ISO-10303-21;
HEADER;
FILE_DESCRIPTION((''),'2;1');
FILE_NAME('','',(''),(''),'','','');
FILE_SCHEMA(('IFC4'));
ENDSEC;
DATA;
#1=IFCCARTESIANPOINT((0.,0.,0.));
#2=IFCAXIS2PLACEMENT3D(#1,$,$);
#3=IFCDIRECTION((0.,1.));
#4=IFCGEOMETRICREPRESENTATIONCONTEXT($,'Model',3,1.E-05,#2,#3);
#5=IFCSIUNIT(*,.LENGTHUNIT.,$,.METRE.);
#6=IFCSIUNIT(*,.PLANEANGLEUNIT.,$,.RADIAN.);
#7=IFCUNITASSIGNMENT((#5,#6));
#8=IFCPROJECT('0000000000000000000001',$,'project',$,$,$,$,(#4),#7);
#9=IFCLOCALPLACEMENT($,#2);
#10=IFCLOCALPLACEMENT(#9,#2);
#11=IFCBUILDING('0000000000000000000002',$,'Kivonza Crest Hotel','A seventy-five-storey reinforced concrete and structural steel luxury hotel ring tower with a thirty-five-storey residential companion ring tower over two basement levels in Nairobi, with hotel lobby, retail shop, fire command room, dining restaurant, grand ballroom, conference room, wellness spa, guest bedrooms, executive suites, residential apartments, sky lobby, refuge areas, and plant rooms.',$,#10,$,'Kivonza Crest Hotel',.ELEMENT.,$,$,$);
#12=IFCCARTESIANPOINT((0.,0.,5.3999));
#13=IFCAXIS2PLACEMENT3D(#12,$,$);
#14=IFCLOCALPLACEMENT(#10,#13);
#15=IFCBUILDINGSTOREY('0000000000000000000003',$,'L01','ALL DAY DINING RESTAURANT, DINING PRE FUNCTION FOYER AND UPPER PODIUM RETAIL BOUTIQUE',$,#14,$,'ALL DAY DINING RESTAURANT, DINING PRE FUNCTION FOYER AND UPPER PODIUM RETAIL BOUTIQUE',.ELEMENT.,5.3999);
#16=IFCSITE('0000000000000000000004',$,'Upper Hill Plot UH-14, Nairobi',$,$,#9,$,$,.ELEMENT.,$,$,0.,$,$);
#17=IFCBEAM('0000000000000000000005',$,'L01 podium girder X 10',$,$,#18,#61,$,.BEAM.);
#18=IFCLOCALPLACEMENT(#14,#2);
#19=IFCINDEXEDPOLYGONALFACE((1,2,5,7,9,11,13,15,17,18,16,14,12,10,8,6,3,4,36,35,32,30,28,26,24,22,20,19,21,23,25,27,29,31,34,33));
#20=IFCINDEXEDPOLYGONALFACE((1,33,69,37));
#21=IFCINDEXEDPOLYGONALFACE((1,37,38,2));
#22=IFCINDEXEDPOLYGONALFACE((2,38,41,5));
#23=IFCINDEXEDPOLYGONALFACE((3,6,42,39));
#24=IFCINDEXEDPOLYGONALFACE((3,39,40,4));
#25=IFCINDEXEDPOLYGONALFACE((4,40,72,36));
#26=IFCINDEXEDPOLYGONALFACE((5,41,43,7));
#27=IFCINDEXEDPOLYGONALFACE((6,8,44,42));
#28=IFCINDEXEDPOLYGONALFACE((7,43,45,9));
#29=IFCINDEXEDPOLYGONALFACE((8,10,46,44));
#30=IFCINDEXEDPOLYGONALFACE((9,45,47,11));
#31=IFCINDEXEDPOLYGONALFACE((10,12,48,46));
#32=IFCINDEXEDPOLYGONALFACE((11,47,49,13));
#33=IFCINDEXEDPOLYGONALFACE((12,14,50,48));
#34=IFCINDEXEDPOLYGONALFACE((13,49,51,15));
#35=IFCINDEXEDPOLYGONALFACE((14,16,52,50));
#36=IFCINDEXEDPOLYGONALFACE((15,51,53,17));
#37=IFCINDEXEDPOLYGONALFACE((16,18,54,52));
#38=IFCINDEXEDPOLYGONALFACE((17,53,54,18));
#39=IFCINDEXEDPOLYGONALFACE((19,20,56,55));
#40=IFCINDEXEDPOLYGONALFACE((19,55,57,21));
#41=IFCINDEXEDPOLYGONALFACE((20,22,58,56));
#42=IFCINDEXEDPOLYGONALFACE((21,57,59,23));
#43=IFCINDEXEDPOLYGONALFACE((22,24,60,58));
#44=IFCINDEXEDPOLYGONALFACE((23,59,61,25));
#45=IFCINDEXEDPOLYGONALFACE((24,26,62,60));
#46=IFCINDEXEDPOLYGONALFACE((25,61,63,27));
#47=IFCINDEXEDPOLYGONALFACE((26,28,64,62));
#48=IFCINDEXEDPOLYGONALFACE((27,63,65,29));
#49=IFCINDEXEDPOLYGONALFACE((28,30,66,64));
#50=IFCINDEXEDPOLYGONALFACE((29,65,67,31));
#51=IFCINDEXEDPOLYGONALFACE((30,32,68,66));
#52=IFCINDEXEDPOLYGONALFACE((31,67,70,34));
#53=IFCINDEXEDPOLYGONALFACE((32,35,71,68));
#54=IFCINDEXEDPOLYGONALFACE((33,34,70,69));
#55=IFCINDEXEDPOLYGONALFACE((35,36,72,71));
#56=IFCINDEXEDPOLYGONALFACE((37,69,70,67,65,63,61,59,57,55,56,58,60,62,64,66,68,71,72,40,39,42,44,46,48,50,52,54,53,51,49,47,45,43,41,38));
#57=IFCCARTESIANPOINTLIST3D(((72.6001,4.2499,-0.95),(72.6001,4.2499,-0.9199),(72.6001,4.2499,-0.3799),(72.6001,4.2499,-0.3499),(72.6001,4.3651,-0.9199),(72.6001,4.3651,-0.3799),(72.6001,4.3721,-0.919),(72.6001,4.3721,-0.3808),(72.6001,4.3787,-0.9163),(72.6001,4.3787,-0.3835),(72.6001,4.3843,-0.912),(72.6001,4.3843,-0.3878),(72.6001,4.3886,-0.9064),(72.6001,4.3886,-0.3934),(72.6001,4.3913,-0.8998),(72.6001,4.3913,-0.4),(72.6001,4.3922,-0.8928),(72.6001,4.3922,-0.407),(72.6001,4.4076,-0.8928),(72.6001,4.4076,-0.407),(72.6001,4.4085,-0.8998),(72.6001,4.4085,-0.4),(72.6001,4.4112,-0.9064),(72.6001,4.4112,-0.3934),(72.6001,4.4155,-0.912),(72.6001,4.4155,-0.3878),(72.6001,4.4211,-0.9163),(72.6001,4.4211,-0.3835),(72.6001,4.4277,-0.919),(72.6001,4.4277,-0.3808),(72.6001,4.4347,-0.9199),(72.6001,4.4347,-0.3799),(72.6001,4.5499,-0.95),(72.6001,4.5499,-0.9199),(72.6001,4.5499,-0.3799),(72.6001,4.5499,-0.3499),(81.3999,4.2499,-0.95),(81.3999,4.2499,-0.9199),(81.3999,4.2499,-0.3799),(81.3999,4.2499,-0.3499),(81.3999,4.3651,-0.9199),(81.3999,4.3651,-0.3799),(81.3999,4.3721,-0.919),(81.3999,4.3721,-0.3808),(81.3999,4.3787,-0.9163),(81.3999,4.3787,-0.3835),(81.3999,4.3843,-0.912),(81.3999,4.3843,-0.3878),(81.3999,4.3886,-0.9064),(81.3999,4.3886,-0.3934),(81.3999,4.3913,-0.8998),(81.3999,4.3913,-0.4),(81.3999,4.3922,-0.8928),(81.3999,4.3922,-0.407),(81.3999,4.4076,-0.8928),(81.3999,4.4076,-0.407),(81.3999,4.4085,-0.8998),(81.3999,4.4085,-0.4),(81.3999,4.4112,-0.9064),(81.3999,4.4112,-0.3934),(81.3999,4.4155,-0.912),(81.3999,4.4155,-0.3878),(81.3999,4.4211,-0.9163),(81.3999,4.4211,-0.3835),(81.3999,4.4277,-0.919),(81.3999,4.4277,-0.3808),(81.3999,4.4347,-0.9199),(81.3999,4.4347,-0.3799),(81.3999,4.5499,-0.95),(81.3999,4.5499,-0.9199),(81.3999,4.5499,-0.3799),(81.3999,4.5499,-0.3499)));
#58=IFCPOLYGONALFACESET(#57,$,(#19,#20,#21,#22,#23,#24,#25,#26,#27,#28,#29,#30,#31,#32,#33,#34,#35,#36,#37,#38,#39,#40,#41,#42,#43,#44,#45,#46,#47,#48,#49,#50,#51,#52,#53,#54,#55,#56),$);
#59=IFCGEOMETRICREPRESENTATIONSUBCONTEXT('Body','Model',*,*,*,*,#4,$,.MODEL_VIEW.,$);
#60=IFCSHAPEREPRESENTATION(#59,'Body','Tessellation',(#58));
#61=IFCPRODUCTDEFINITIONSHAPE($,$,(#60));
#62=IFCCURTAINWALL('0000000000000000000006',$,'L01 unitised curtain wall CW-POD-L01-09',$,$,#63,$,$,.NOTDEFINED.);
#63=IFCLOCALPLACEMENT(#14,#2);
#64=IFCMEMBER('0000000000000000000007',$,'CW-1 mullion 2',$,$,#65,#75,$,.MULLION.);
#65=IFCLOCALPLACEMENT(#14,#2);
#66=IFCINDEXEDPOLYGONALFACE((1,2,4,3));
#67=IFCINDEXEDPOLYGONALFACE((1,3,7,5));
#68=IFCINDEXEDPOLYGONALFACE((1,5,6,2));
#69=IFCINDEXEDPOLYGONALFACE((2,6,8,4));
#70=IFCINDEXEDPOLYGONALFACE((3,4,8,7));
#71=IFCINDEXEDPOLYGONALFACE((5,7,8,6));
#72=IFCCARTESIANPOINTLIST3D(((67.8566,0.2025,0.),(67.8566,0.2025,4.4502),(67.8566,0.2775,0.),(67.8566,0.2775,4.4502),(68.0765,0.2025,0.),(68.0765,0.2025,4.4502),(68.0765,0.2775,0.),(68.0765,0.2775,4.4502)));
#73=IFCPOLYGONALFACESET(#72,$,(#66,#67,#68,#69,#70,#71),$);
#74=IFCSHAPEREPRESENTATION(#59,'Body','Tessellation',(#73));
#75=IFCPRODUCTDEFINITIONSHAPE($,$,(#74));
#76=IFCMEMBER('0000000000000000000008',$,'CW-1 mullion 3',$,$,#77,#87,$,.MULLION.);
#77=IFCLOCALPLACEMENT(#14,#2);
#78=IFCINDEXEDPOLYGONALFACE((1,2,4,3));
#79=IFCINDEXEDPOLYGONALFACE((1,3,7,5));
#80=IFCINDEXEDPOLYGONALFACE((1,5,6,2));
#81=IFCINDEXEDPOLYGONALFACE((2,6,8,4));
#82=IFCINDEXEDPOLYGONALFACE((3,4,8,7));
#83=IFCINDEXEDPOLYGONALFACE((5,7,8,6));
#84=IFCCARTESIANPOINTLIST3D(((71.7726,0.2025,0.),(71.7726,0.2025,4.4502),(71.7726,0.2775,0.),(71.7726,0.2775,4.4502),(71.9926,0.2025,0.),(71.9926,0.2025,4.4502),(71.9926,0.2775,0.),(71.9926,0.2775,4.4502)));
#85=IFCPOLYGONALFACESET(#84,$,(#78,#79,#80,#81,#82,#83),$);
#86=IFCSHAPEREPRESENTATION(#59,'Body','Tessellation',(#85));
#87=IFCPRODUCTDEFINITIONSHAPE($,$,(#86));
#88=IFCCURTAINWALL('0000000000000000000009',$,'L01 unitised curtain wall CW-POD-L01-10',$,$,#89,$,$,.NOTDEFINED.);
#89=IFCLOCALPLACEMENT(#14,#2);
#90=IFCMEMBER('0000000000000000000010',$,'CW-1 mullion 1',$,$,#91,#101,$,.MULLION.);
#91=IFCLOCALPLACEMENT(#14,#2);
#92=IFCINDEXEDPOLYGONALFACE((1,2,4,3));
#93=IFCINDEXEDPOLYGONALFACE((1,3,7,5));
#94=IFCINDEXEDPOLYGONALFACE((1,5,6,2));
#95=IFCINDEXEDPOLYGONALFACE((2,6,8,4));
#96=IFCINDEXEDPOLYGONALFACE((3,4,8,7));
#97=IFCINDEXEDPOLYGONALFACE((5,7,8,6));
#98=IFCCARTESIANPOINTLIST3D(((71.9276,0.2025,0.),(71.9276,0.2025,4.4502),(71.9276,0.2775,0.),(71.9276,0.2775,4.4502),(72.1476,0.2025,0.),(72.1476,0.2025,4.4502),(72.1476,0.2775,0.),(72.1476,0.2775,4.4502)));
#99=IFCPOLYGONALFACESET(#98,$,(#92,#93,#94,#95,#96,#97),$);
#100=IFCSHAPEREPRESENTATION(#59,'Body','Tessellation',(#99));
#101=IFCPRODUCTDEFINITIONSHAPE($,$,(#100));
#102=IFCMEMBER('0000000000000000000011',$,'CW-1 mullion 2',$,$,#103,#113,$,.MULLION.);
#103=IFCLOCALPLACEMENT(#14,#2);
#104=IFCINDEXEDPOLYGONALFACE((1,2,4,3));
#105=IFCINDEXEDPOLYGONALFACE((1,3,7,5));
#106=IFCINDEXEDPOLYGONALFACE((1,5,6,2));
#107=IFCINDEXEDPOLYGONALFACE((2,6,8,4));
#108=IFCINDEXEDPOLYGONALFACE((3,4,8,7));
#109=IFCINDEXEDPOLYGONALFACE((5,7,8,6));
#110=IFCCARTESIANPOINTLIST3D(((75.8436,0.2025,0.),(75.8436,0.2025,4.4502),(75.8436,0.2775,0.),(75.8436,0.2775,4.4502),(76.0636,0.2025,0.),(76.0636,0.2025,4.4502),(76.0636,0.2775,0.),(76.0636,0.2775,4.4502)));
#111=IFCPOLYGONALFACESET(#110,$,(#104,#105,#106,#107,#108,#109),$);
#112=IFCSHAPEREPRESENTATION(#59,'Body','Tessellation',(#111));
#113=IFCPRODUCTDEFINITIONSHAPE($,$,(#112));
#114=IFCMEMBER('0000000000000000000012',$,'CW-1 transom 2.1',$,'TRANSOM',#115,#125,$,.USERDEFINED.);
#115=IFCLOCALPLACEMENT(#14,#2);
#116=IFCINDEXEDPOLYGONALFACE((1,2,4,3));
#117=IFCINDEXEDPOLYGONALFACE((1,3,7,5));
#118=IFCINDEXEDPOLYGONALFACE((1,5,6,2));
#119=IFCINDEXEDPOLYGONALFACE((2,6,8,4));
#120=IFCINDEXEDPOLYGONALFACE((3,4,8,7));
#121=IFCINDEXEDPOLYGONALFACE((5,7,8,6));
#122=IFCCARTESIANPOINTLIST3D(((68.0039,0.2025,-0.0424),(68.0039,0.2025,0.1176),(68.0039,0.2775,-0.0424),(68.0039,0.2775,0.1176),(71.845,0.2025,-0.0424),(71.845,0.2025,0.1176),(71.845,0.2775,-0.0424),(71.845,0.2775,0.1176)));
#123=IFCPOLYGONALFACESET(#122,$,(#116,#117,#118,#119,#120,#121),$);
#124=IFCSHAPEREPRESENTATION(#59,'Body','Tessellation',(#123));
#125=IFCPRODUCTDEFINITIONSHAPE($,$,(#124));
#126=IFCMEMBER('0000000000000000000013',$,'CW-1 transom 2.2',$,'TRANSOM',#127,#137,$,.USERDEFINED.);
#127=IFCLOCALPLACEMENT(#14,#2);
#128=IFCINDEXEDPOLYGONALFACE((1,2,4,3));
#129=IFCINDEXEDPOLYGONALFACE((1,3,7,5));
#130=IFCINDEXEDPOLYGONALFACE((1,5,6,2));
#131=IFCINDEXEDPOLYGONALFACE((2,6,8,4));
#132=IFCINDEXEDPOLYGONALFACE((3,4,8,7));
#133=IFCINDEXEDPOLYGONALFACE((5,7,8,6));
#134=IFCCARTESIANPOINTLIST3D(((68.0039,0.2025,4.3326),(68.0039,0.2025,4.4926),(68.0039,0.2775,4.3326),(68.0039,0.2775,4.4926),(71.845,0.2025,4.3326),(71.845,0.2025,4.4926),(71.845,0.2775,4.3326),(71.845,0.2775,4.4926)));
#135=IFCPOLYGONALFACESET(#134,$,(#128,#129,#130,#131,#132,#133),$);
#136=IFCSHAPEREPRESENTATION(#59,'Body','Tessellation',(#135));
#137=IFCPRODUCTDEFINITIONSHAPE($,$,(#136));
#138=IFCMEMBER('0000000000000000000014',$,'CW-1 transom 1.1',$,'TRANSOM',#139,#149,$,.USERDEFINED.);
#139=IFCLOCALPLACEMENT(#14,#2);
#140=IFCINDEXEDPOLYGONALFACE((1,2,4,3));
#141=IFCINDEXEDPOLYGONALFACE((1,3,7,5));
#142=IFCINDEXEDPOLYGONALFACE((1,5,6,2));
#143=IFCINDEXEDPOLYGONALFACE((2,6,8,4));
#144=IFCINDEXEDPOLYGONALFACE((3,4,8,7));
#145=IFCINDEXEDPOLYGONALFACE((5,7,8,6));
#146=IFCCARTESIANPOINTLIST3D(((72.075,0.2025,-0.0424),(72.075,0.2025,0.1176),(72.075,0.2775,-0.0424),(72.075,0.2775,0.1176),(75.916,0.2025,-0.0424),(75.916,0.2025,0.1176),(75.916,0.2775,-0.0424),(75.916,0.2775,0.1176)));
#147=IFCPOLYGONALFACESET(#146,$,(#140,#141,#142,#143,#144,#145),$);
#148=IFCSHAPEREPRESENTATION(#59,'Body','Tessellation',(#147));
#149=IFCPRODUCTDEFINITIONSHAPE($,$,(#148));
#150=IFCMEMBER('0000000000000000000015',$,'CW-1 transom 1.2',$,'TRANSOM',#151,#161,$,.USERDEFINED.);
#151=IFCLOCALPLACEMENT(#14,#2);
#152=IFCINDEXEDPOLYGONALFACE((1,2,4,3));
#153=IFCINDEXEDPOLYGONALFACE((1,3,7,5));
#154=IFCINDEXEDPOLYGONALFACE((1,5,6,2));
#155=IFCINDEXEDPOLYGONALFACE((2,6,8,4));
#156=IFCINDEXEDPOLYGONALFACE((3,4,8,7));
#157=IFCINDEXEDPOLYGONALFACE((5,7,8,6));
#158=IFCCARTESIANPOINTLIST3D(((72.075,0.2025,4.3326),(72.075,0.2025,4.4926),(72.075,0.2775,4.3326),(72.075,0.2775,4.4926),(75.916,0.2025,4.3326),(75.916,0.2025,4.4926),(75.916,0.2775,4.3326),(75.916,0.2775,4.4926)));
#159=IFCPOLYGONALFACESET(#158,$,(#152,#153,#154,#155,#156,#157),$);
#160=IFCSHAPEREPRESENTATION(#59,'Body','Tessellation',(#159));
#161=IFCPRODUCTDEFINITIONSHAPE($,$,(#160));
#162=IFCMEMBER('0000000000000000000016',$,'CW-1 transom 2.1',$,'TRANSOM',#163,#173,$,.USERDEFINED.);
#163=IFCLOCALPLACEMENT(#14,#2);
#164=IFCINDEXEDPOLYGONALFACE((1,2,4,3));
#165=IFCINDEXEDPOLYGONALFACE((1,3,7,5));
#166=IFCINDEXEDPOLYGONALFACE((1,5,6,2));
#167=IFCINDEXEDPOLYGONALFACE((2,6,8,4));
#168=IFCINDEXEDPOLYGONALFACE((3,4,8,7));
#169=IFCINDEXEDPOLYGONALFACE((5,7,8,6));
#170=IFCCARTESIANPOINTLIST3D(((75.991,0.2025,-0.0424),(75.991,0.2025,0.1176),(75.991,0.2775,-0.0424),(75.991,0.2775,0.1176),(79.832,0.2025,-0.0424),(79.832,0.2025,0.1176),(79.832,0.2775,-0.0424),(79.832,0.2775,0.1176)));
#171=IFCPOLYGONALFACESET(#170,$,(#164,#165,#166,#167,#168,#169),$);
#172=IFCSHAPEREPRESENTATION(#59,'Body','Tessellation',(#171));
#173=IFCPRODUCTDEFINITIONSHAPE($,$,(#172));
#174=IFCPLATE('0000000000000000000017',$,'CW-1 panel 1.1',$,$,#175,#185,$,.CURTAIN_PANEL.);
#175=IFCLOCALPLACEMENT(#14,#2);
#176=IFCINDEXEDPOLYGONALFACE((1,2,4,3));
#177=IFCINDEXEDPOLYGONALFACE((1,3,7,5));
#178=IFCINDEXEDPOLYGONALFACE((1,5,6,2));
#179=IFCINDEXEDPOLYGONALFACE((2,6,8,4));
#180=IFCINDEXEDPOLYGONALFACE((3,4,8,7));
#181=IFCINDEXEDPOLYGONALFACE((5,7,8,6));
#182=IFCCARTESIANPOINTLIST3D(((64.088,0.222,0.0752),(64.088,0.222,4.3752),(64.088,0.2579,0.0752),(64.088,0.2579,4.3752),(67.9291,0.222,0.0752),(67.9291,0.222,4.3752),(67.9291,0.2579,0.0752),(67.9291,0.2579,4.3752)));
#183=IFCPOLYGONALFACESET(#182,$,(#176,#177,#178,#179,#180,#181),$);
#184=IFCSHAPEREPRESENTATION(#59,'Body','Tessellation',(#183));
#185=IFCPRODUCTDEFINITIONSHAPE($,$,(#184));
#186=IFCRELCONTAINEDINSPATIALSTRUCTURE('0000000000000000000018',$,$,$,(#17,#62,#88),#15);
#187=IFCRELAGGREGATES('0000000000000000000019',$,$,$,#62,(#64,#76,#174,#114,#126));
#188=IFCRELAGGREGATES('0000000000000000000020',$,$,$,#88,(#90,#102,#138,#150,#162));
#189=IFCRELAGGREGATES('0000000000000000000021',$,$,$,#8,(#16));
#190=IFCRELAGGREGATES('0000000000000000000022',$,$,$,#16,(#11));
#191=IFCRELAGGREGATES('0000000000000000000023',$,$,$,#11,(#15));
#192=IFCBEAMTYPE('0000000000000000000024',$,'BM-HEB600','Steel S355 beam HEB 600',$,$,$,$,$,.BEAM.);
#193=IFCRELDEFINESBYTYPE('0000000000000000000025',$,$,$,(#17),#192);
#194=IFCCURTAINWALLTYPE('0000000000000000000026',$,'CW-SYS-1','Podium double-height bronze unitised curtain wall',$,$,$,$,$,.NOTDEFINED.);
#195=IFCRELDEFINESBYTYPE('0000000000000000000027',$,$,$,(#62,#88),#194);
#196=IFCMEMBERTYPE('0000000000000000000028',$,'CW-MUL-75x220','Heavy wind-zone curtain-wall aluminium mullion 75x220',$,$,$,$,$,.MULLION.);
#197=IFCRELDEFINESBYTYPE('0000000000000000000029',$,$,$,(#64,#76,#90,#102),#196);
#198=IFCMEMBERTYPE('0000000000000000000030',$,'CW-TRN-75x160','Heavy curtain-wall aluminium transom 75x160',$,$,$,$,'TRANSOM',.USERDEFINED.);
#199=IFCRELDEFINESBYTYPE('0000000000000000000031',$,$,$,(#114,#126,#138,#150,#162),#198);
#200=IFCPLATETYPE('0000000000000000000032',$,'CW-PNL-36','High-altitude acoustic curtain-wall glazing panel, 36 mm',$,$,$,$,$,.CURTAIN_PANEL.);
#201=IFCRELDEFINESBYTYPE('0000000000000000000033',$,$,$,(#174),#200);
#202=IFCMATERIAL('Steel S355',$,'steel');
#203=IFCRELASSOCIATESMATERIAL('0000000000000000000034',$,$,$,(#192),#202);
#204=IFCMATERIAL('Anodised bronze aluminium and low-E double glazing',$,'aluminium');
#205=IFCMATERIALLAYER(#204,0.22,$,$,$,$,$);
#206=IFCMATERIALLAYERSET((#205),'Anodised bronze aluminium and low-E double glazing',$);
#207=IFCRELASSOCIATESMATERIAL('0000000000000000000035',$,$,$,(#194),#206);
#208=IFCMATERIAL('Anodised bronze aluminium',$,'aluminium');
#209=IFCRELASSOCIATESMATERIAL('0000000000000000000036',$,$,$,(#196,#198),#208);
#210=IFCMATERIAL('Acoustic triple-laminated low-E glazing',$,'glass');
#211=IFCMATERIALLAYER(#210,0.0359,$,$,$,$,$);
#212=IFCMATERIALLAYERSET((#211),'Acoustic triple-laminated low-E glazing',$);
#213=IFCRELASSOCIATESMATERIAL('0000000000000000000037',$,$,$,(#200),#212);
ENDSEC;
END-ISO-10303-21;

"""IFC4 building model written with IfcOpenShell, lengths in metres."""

from ifc_helpers import new_model, si_unit, direction, frame, origin, origin_2d, place, context, subcontext, project, spatial, rectangle, i_section, extrude, material, layer, layer_set, material_profile, profile_set, type_object, element, aggregate, save


model = new_model("IFC4")

# Units and contexts
model_context = context("Model", 3, precision=1e-05, world=origin(), true_north=direction((0.0, 1.0)))
body_context = subcontext(model_context, "Body", "Model", "MODEL_VIEW")
ifc_project = project(units=[si_unit("LENGTHUNIT", "METRE"), si_unit("PLANEANGLEUNIT", "RADIAN")], contexts=[model_context])

# Site, building, storey
site_placement = place(None, origin())
site = spatial("IfcSite", under=ifc_project, at=site_placement, Name="Upper Hill Plot UH-14, Nairobi", CompositionType="ELEMENT", RefElevation=0.0)
building_placement = place(site_placement, origin())
building = spatial("IfcBuilding", under=site, at=building_placement, Name="Kivonza Crest Hotel", Description="A seventy-five-storey reinforced concrete and structural steel luxury hotel ring tower with a thirty-five-storey residential companion ring tower over two basement levels in Nairobi, with hotel lobby, retail shop, fire command room, dining restaurant, grand ballroom, conference room, wellness spa, guest bedrooms, executive suites, residential apartments, sky lobby, refuge areas, and plant rooms.", LongName="Kivonza Crest Hotel", CompositionType="ELEMENT")
storey_placement = place(building_placement, frame((0.0, 0.0, 5.3999)))
storey = spatial("IfcBuildingStorey", under=building, at=storey_placement, Name="L01", Description="ALL DAY DINING RESTAURANT, DINING PRE FUNCTION FOYER AND UPPER PODIUM RETAIL BOUTIQUE", LongName="ALL DAY DINING RESTAURANT, DINING PRE FUNCTION FOYER AND UPPER PODIUM RETAIL BOUTIQUE", CompositionType="ELEMENT", Elevation=5.3999)

# Beam
ifc_material_1 = material(Name="Steel S355", Category="steel")
ifc_material_profile_1 = material_profile(ifc_material_1, i_section(OverallWidth=0.3, OverallDepth=0.6001, WebThickness=0.0154, FlangeThickness=0.03, FilletRadius=0.0271, at=origin_2d()), Name="HEB 600")
ifc_profile_set_1 = profile_set([ifc_material_profile_1], Name="Steel S355")
beam_type_1 = type_object("IfcBeamType", Name="BM-HEB600", Description="Steel S355 beam HEB 600", PredefinedType="BEAM", material=ifc_profile_set_1)
for number, where, z_axis, x_axis, name in (
    (1, (72.6001, 4.3999, -0.6499), (1.0, 0.0, 0.0), (0.0, 1.0, 0.0), "L01 podium girder X 10"),
):
    element("IfcBeam", number, at=place(storey_placement, frame(where, z_axis=z_axis, x_axis=x_axis)), inside=storey, type_object=beam_type_1, Name=name, PredefinedType="BEAM", context=body_context, shape_type="SweptSolid", body=[
        extrude(i_section(OverallWidth=0.3, OverallDepth=0.6001, WebThickness=0.0154, FlangeThickness=0.03, FilletRadius=0.0271, at=origin_2d()), origin(), (0.0, 0.0, 1.0), 8.7998),
    ])

# Curtain walls, members
ifc_material_2 = material(Name="Anodised bronze aluminium and low-E double glazing", Category="aluminium")
ifc_layer_1 = layer(ifc_material_2, 0.22)
ifc_layer_set_1 = layer_set([ifc_layer_1], Name="Anodised bronze aluminium and low-E double glazing")
curtain_wall_type = type_object("IfcCurtainWallType", Name="CW-SYS-1", Description="Podium double-height bronze unitised curtain wall", PredefinedType="NOTDEFINED", material=ifc_layer_set_1)
curtain_wall_1_placement = place(storey_placement, origin())
curtain_wall_1 = element("IfcCurtainWall", 2, at=curtain_wall_1_placement, inside=storey, type_object=curtain_wall_type, Name="L01 unitised curtain wall CW-POD-L01-09", PredefinedType="NOTDEFINED")
ifc_material_3 = material(Name="Anodised bronze aluminium", Category="aluminium")
ifc_material_profile_2 = material_profile(ifc_material_3, rectangle(XDim=0.075, YDim=0.22, at=origin_2d()), Name="CW-M 75x220")
ifc_profile_set_2 = profile_set([ifc_material_profile_2], Name="Anodised bronze aluminium")
member_type_1 = type_object("IfcMemberType", Name="CW-MUL-75x220", Description="Heavy wind-zone curtain-wall aluminium mullion 75x220", PredefinedType="MULLION", material=ifc_profile_set_2)
member_1_placement = place(storey_placement, frame((67.9666, 0.24, 0.0), z_axis=(0.0, 0.0, 1.0), x_axis=(0.0, 1.0, 0.0)))
member_1 = element("IfcMember", 3, at=member_1_placement, type_object=member_type_1, Name="CW-1 mullion 2", PredefinedType="MULLION", context=body_context, shape_type="SweptSolid", body=[
    extrude(rectangle(XDim=0.075, YDim=0.22, at=origin_2d()), origin(), (0.0, 0.0, 1.0), 4.4502),
])
member_2_placement = place(storey_placement, frame((71.8826, 0.24, 0.0), z_axis=(0.0, 0.0, 1.0), x_axis=(0.0, 1.0, 0.0)))
member_2 = element("IfcMember", 4, at=member_2_placement, type_object=member_type_1, Name="CW-1 mullion 3", PredefinedType="MULLION", context=body_context, shape_type="SweptSolid", body=[
    extrude(rectangle(XDim=0.075, YDim=0.22, at=origin_2d()), origin(), (0.0, 0.0, 1.0), 4.4502),
])
curtain_wall_2_placement = place(storey_placement, origin())
curtain_wall_2 = element("IfcCurtainWall", 5, at=curtain_wall_2_placement, inside=storey, type_object=curtain_wall_type, Name="L01 unitised curtain wall CW-POD-L01-10", PredefinedType="NOTDEFINED")
member_3_placement = place(storey_placement, frame((72.0376, 0.24, 0.0), z_axis=(0.0, 0.0, 1.0), x_axis=(0.0, 1.0, 0.0)))
member_3 = element("IfcMember", 6, at=member_3_placement, type_object=member_type_1, Name="CW-1 mullion 1", PredefinedType="MULLION", context=body_context, shape_type="SweptSolid", body=[
    extrude(rectangle(XDim=0.075, YDim=0.22, at=origin_2d()), origin(), (0.0, 0.0, 1.0), 4.4502),
])
member_4_placement = place(storey_placement, frame((75.9536, 0.24, 0.0), z_axis=(0.0, 0.0, 1.0), x_axis=(0.0, 1.0, 0.0)))
member_4 = element("IfcMember", 7, at=member_4_placement, type_object=member_type_1, Name="CW-1 mullion 2", PredefinedType="MULLION", context=body_context, shape_type="SweptSolid", body=[
    extrude(rectangle(XDim=0.075, YDim=0.22, at=origin_2d()), origin(), (0.0, 0.0, 1.0), 4.4502),
])

# Members
ifc_material_profile_3 = material_profile(ifc_material_3, rectangle(XDim=0.075, YDim=0.1599, at=origin_2d()), Name="CW-T 75x160")
ifc_profile_set_3 = profile_set([ifc_material_profile_3], Name="Anodised bronze aluminium")
member_type_2 = type_object("IfcMemberType", Name="CW-TRN-75x160", Description="Heavy curtain-wall aluminium transom 75x160", ElementType="TRANSOM", PredefinedType="USERDEFINED", material=ifc_profile_set_3)
member_5_placement = place(storey_placement, frame((68.0039, 0.24, 0.0376), z_axis=(1.0, 0.0, 0.0), x_axis=(0.0, 1.0, 0.0)))
member_5 = element("IfcMember", 8, at=member_5_placement, type_object=member_type_2, Name="CW-1 transom 2.1", ObjectType="TRANSOM", PredefinedType="USERDEFINED", context=body_context, shape_type="SweptSolid", body=[
    extrude(rectangle(XDim=0.075, YDim=0.1599, at=origin_2d()), origin(), (0.0, 0.0, 1.0), 3.8411),
])
member_6_placement = place(storey_placement, frame((68.0039, 0.24, 4.4126), z_axis=(1.0, 0.0, 0.0), x_axis=(0.0, 1.0, 0.0)))
member_6 = element("IfcMember", 9, at=member_6_placement, type_object=member_type_2, Name="CW-1 transom 2.2", ObjectType="TRANSOM", PredefinedType="USERDEFINED", context=body_context, shape_type="SweptSolid", body=[
    extrude(rectangle(XDim=0.075, YDim=0.1599, at=origin_2d()), origin(), (0.0, 0.0, 1.0), 3.8411),
])
member_7_placement = place(storey_placement, frame((72.075, 0.24, 0.0376), z_axis=(1.0, 0.0, 0.0), x_axis=(0.0, 1.0, 0.0)))
member_7 = element("IfcMember", 10, at=member_7_placement, type_object=member_type_2, Name="CW-1 transom 1.1", ObjectType="TRANSOM", PredefinedType="USERDEFINED", context=body_context, shape_type="SweptSolid", body=[
    extrude(rectangle(XDim=0.075, YDim=0.1599, at=origin_2d()), origin(), (0.0, 0.0, 1.0), 3.8411),
])
member_8_placement = place(storey_placement, frame((72.075, 0.24, 4.4126), z_axis=(1.0, 0.0, 0.0), x_axis=(0.0, 1.0, 0.0)))
member_8 = element("IfcMember", 11, at=member_8_placement, type_object=member_type_2, Name="CW-1 transom 1.2", ObjectType="TRANSOM", PredefinedType="USERDEFINED", context=body_context, shape_type="SweptSolid", body=[
    extrude(rectangle(XDim=0.075, YDim=0.1599, at=origin_2d()), origin(), (0.0, 0.0, 1.0), 3.8411),
])
member_9_placement = place(storey_placement, frame((75.991, 0.24, 0.0376), z_axis=(1.0, 0.0, 0.0), x_axis=(0.0, 1.0, 0.0)))
member_9 = element("IfcMember", 12, at=member_9_placement, type_object=member_type_2, Name="CW-1 transom 2.1", ObjectType="TRANSOM", PredefinedType="USERDEFINED", context=body_context, shape_type="SweptSolid", body=[
    extrude(rectangle(XDim=0.075, YDim=0.1599, at=origin_2d()), origin(), (0.0, 0.0, 1.0), 3.8411),
])

# Plate
ifc_material_4 = material(Name="Acoustic triple-laminated low-E glazing", Category="glass")
ifc_layer_2 = layer(ifc_material_4, 0.0359)
ifc_layer_set_2 = layer_set([ifc_layer_2], Name="Acoustic triple-laminated low-E glazing")
plate_type = type_object("IfcPlateType", Name="CW-PNL-36", Description="High-altitude acoustic curtain-wall glazing panel, 36 mm", PredefinedType="CURTAIN_PANEL", material=ifc_layer_set_2)
plate_1_placement = place(storey_placement, frame((66.0085, 0.24, 0.0752), z_axis=(0.0, 0.0, 1.0), x_axis=(1.0, 0.0, 0.0)))
plate_1 = element("IfcPlate", 13, at=plate_1_placement, type_object=plate_type, Name="CW-1 panel 1.1", PredefinedType="CURTAIN_PANEL", context=body_context, shape_type="SweptSolid", body=[
    extrude(rectangle(XDim=3.8411, YDim=0.0359, at=origin_2d()), origin(), (0.0, 0.0, 1.0), 4.3),
])
aggregate(curtain_wall_1, [member_1, member_2, plate_1, member_5, member_6])
aggregate(curtain_wall_2, [member_3, member_4, member_7, member_8, member_9])

save(model, "model.ifc")
